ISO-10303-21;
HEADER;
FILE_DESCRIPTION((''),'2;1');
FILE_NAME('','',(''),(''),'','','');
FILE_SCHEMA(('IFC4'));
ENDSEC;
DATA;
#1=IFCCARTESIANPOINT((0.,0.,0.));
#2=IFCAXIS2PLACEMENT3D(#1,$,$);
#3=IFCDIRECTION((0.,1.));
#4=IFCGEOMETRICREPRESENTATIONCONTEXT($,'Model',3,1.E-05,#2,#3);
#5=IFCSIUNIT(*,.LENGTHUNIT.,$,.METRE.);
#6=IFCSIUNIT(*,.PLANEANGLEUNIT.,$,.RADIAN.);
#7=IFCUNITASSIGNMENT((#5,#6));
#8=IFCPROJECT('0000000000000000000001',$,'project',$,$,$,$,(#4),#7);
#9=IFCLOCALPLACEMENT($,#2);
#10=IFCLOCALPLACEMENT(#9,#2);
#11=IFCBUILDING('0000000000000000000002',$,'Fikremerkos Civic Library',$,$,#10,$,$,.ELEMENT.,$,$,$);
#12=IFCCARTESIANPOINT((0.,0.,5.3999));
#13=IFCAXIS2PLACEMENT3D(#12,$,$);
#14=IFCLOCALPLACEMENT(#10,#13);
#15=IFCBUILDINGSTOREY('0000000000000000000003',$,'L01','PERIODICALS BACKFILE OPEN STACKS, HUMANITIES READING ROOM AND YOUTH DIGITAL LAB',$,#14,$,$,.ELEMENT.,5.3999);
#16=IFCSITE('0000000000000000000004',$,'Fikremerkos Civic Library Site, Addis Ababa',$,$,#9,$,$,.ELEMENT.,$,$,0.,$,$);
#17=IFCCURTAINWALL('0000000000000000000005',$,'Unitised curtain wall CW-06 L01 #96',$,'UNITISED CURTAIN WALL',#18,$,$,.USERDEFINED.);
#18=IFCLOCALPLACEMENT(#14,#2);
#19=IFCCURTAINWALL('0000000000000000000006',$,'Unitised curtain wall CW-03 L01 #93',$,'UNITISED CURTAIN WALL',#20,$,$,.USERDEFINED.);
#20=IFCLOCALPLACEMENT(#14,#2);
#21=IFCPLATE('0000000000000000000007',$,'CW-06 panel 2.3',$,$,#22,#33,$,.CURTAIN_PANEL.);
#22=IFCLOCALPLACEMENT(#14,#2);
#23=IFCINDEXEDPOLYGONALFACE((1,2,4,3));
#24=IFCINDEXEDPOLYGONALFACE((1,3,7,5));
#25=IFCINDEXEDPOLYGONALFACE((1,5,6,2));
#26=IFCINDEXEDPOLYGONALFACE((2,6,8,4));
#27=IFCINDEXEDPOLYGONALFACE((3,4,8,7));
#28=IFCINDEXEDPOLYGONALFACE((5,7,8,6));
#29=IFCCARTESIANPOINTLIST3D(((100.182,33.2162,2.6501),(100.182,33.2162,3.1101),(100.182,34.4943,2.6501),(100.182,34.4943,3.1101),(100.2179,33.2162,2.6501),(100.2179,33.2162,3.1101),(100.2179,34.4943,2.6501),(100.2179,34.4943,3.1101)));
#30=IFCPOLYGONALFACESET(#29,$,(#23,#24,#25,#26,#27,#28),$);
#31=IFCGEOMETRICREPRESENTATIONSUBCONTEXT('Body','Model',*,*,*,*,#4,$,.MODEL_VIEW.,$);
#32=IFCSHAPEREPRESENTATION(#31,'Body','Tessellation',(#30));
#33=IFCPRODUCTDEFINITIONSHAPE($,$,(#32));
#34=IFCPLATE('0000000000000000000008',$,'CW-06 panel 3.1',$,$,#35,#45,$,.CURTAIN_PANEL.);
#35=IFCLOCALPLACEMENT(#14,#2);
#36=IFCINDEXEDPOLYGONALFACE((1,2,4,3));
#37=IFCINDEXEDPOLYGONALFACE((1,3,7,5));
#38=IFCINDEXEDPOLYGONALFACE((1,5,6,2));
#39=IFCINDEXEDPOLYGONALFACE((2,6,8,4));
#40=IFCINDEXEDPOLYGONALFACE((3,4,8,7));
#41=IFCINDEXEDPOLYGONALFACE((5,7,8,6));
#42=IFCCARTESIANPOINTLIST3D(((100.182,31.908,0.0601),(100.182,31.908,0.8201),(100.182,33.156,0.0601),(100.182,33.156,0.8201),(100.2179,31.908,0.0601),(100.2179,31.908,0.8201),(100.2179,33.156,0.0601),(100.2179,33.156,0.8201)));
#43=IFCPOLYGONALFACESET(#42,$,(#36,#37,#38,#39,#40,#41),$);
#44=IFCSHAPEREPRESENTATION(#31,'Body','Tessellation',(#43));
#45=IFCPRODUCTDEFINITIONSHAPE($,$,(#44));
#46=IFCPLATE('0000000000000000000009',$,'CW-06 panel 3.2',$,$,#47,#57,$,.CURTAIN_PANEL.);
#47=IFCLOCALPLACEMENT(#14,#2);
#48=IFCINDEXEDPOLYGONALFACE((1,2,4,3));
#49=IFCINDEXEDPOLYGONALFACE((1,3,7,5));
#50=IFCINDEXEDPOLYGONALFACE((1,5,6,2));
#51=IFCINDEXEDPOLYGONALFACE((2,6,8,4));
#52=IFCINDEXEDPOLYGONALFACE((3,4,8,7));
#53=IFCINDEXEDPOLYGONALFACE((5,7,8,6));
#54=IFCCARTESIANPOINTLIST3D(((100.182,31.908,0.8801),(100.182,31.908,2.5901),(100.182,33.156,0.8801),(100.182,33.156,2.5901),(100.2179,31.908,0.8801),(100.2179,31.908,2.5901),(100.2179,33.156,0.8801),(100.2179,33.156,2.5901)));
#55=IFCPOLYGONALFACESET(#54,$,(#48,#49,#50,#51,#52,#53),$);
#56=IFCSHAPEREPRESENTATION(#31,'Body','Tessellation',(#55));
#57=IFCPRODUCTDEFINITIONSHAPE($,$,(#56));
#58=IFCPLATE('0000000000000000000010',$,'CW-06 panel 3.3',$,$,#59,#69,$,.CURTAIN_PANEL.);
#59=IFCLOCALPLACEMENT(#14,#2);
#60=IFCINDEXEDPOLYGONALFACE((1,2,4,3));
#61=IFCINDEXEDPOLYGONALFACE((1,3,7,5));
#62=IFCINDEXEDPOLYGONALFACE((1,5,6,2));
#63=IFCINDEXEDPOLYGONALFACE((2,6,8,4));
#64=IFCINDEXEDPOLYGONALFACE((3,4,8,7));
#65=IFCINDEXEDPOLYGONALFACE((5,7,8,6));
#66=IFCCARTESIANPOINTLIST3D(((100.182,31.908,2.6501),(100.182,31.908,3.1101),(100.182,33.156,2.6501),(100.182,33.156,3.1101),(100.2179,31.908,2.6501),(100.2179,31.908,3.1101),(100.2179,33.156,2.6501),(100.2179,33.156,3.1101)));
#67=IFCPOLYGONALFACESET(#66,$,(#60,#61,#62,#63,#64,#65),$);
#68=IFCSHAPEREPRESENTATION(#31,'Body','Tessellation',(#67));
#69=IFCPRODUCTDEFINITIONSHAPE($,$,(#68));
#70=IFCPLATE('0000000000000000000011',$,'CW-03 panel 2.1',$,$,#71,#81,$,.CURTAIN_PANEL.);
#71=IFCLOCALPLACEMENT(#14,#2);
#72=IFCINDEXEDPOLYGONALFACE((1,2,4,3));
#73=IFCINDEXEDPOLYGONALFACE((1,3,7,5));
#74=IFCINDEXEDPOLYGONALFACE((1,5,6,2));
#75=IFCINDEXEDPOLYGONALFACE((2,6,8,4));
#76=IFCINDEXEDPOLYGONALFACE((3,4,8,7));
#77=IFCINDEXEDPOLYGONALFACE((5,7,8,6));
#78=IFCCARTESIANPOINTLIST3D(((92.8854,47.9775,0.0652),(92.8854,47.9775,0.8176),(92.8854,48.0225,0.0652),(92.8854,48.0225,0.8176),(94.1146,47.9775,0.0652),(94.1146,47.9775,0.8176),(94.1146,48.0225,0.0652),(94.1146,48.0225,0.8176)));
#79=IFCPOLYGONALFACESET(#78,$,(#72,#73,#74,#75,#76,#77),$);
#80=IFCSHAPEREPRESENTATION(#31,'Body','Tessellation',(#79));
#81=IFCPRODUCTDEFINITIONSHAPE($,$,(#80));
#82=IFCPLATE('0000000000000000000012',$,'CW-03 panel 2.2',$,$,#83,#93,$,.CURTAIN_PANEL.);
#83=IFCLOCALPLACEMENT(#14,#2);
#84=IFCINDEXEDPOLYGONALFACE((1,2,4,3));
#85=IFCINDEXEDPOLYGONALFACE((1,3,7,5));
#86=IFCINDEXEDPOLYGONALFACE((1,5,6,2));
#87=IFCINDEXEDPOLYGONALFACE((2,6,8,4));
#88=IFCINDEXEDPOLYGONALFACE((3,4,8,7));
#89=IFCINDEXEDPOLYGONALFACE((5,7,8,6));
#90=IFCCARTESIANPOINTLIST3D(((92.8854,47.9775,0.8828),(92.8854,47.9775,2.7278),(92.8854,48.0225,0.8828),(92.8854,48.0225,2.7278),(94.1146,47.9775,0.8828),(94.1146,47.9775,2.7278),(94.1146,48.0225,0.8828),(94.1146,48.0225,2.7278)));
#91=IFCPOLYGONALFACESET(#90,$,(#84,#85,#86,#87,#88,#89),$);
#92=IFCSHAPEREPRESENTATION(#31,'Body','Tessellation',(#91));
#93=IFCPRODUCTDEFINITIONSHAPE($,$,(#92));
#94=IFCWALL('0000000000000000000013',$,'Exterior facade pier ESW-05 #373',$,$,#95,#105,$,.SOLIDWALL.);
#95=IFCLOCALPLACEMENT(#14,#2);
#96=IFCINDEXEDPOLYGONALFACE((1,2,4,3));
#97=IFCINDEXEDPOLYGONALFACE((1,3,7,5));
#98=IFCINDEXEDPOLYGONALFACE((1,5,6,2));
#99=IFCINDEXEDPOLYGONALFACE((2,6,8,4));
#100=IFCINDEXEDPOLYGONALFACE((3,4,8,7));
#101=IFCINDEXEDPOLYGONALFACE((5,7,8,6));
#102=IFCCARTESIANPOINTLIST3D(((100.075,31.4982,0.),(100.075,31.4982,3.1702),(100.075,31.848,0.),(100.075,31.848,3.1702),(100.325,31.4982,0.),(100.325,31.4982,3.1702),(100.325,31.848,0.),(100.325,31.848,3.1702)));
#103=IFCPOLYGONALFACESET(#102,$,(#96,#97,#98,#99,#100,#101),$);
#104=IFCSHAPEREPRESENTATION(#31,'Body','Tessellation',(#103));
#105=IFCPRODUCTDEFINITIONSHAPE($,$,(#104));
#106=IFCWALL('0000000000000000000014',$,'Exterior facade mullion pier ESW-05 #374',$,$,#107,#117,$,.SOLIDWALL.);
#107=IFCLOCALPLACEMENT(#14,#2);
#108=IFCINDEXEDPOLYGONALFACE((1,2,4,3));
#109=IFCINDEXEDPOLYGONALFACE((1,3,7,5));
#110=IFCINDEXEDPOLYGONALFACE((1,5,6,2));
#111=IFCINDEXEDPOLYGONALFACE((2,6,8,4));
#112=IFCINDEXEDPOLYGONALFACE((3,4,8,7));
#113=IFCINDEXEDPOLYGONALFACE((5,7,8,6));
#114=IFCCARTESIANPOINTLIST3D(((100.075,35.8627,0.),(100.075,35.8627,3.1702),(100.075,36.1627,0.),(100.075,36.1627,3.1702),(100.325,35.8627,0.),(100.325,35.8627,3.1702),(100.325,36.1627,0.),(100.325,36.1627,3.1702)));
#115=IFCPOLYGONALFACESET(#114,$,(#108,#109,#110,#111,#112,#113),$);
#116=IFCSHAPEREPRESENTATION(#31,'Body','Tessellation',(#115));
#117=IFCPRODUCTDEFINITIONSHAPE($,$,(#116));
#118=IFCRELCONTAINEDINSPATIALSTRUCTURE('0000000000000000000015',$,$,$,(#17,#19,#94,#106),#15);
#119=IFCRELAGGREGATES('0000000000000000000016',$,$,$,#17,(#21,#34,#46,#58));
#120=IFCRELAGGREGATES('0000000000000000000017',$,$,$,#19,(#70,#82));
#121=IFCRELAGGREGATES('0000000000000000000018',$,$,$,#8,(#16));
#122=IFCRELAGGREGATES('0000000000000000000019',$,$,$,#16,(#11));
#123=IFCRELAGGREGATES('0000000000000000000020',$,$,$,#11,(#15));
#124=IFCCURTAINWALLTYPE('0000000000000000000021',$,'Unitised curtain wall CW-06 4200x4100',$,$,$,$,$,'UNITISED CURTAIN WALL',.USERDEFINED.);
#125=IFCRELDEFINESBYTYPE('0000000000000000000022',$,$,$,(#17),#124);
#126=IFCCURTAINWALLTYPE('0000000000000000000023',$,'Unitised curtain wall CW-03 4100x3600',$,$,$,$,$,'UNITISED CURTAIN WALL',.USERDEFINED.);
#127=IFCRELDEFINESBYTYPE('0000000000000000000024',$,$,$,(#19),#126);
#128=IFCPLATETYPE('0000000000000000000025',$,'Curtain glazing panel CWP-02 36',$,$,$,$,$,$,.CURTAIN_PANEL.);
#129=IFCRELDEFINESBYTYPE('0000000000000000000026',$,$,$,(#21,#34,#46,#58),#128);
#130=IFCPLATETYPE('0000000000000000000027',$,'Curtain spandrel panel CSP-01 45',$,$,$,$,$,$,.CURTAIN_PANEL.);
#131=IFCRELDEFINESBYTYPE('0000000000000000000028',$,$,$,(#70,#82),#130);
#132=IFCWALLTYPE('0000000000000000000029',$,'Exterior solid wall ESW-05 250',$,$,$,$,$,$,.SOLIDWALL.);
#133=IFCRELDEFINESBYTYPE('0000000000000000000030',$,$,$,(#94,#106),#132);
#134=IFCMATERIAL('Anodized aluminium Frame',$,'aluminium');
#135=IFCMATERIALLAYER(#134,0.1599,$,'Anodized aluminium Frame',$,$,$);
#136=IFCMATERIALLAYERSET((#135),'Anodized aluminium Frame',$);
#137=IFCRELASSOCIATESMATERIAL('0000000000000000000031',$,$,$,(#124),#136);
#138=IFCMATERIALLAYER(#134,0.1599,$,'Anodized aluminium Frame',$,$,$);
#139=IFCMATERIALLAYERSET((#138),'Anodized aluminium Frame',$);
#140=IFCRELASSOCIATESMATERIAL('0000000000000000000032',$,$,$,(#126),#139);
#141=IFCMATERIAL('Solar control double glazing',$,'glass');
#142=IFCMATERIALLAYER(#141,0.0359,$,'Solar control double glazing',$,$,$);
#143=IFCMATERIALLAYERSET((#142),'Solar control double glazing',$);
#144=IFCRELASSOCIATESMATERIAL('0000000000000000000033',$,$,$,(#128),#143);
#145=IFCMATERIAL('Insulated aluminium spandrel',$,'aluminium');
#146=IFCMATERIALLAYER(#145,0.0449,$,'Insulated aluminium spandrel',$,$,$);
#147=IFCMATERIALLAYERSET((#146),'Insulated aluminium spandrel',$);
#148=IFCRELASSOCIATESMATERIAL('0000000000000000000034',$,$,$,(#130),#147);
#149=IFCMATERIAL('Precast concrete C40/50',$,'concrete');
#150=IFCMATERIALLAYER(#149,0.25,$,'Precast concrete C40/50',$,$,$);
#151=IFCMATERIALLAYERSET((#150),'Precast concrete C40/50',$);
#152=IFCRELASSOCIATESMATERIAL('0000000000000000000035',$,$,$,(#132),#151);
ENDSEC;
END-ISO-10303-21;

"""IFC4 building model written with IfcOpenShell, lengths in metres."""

from ifc_helpers import new_model, si_unit, direction, frame, frame_2d, origin, origin_2d, place, context, subcontext, project, spatial, rectangle, extrude, material, layer, layer_set, type_object, element, aggregate, save


model = new_model("IFC4")

# Units and contexts
model_context = context("Model", 3, precision=1e-05, world=origin(), true_north=direction((0.0, 1.0)))
body_context = subcontext(model_context, "Body", "Model", "MODEL_VIEW")
ifc_project = project(units=[si_unit("LENGTHUNIT", "METRE"), si_unit("PLANEANGLEUNIT", "RADIAN")], contexts=[model_context])

# Site, building, storey
site_placement = place(None, origin())
site = spatial("IfcSite", under=ifc_project, at=site_placement, Name="Fikremerkos Civic Library Site, Addis Ababa", CompositionType="ELEMENT", RefElevation=0.0)
building_placement = place(site_placement, origin())
building = spatial("IfcBuilding", under=site, at=building_placement, Name="Fikremerkos Civic Library", CompositionType="ELEMENT")
storey_placement = place(building_placement, frame((0.0, 0.0, 5.3999)))
storey = spatial("IfcBuildingStorey", under=building, at=storey_placement, Name="L01", Description="PERIODICALS BACKFILE OPEN STACKS, HUMANITIES READING ROOM AND YOUTH DIGITAL LAB", CompositionType="ELEMENT", Elevation=5.3999)

# Shared definitions
ifc_material_1 = material(Name="Anodized aluminium Frame", Category="aluminium")

# Curtain walls
ifc_layer_1 = layer(ifc_material_1, 0.1599, Name="Anodized aluminium Frame")
ifc_layer_set_1 = layer_set([ifc_layer_1], Name="Anodized aluminium Frame")
curtain_wall_type_1 = type_object("IfcCurtainWallType", Name="Unitised curtain wall CW-06 4200x4100", ElementType="UNITISED CURTAIN WALL", PredefinedType="USERDEFINED", material=ifc_layer_set_1)
curtain_wall_1_placement = place(storey_placement, origin())
curtain_wall_1 = element("IfcCurtainWall", 1, at=curtain_wall_1_placement, inside=storey, type_object=curtain_wall_type_1, Name="Unitised curtain wall CW-06 L01 #96", ObjectType="UNITISED CURTAIN WALL", PredefinedType="USERDEFINED")
ifc_layer_2 = layer(ifc_material_1, 0.1599, Name="Anodized aluminium Frame")
ifc_layer_set_2 = layer_set([ifc_layer_2], Name="Anodized aluminium Frame")
curtain_wall_type_2 = type_object("IfcCurtainWallType", Name="Unitised curtain wall CW-03 4100x3600", ElementType="UNITISED CURTAIN WALL", PredefinedType="USERDEFINED", material=ifc_layer_set_2)
curtain_wall_2_placement = place(storey_placement, origin())
curtain_wall_2 = element("IfcCurtainWall", 2, at=curtain_wall_2_placement, inside=storey, type_object=curtain_wall_type_2, Name="Unitised curtain wall CW-03 L01 #93", ObjectType="UNITISED CURTAIN WALL", PredefinedType="USERDEFINED")

# Plates
ifc_material_2 = material(Name="Solar control double glazing", Category="glass")
ifc_layer_3 = layer(ifc_material_2, 0.0359, Name="Solar control double glazing")
ifc_layer_set_3 = layer_set([ifc_layer_3], Name="Solar control double glazing")
plate_type_1 = type_object("IfcPlateType", Name="Curtain glazing panel CWP-02 36", PredefinedType="CURTAIN_PANEL", material=ifc_layer_set_3)
plate_1_placement = place(storey_placement, frame((100.2, 33.8552, 2.6501), z_axis=(0.0, 0.0, 1.0), x_axis=(0.0, -1.0, 0.0)))
plate_1 = element("IfcPlate", 3, at=plate_1_placement, type_object=plate_type_1, Name="CW-06 panel 2.3", PredefinedType="CURTAIN_PANEL", context=body_context, shape_type="SweptSolid", body=[
    extrude(rectangle(XDim=1.2781, YDim=0.0359, at=origin_2d()), origin(), (0.0, 0.0, 1.0), 0.46),
])
plate_2_placement = place(storey_placement, frame((100.2, 32.532, 0.0601), z_axis=(0.0, 0.0, 1.0), x_axis=(0.0, -1.0, 0.0)))
plate_2 = element("IfcPlate", 4, at=plate_2_placement, type_object=plate_type_1, Name="CW-06 panel 3.1", PredefinedType="CURTAIN_PANEL", context=body_context, shape_type="SweptSolid", body=[
    extrude(rectangle(XDim=1.248, YDim=0.0359, at=origin_2d()), origin(), (0.0, 0.0, 1.0), 0.76),
])
plate_3_placement = place(storey_placement, frame((100.2, 32.532, 0.8801), z_axis=(0.0, 0.0, 1.0), x_axis=(0.0, -1.0, 0.0)))
plate_3 = element("IfcPlate", 5, at=plate_3_placement, type_object=plate_type_1, Name="CW-06 panel 3.2", PredefinedType="CURTAIN_PANEL", context=body_context, shape_type="SweptSolid", body=[
    extrude(rectangle(XDim=1.248, YDim=0.0359, at=origin_2d()), origin(), (0.0, 0.0, 1.0), 1.71),
])
plate_4_placement = place(storey_placement, frame((100.2, 32.532, 2.6501), z_axis=(0.0, 0.0, 1.0), x_axis=(0.0, -1.0, 0.0)))
plate_4 = element("IfcPlate", 6, at=plate_4_placement, type_object=plate_type_1, Name="CW-06 panel 3.3", PredefinedType="CURTAIN_PANEL", context=body_context, shape_type="SweptSolid", body=[
    extrude(rectangle(XDim=1.248, YDim=0.0359, at=origin_2d()), origin(), (0.0, 0.0, 1.0), 0.46),
])
aggregate(curtain_wall_1, [plate_1, plate_2, plate_3, plate_4])
ifc_material_3 = material(Name="Insulated aluminium spandrel", Category="aluminium")
ifc_layer_4 = layer(ifc_material_3, 0.0449, Name="Insulated aluminium spandrel")
ifc_layer_set_4 = layer_set([ifc_layer_4], Name="Insulated aluminium spandrel")
plate_type_2 = type_object("IfcPlateType", Name="Curtain spandrel panel CSP-01 45", PredefinedType="CURTAIN_PANEL", material=ifc_layer_set_4)
plate_5_placement = place(storey_placement, frame((93.5, 48.0, 0.0652), z_axis=(0.0, 0.0, 1.0), x_axis=(1.0, 0.0, 0.0)))
plate_5 = element("IfcPlate", 7, at=plate_5_placement, type_object=plate_type_2, Name="CW-03 panel 2.1", PredefinedType="CURTAIN_PANEL", context=body_context, shape_type="SweptSolid", body=[
    extrude(rectangle(XDim=1.2292, YDim=0.0449, at=origin_2d()), origin(), (0.0, 0.0, 1.0), 0.7524),
])
plate_6_placement = place(storey_placement, frame((93.5, 48.0, 0.8828), z_axis=(0.0, 0.0, 1.0), x_axis=(1.0, 0.0, 0.0)))
plate_6 = element("IfcPlate", 8, at=plate_6_placement, type_object=plate_type_2, Name="CW-03 panel 2.2", PredefinedType="CURTAIN_PANEL", context=body_context, shape_type="SweptSolid", body=[
    extrude(rectangle(XDim=1.2292, YDim=0.0449, at=origin_2d()), origin(), (0.0, 0.0, 1.0), 1.845),
])
aggregate(curtain_wall_2, [plate_5, plate_6])

# Walls
ifc_material_4 = material(Name="Precast concrete C40/50", Category="concrete")
ifc_layer_5 = layer(ifc_material_4, 0.25, Name="Precast concrete C40/50")
ifc_layer_set_5 = layer_set([ifc_layer_5], Name="Precast concrete C40/50")
wall_type = type_object("IfcWallType", Name="Exterior solid wall ESW-05 250", PredefinedType="SOLIDWALL", material=ifc_layer_set_5)
wall_1_placement = place(storey_placement, frame((100.2, 31.8479, 0.0), z_axis=(0.0, 0.0, 1.0), x_axis=(0.0, -1.0, 0.0)))
element("IfcWall", 9, at=wall_1_placement, inside=storey, type_object=wall_type, Name="Exterior facade pier ESW-05 #373", PredefinedType="SOLIDWALL", context=body_context, shape_type="SweptSolid", body=[
    extrude(rectangle(XDim=0.3499, YDim=0.25, at=frame_2d((0.1748, 0.0))), origin(), (0.0, 0.0, 1.0), 3.1702),
])
wall_2_placement = place(storey_placement, frame((100.2, 36.1626, 0.0), z_axis=(0.0, 0.0, 1.0), x_axis=(0.0, -1.0, 0.0)))
element("IfcWall", 10, at=wall_2_placement, inside=storey, type_object=wall_type, Name="Exterior facade mullion pier ESW-05 #374", PredefinedType="SOLIDWALL", context=body_context, shape_type="SweptSolid", body=[
    extrude(rectangle(XDim=0.3, YDim=0.25, at=frame_2d((0.1499, 0.0))), origin(), (0.0, 0.0, 1.0), 3.1702),
])

save(model, "model.ifc")
